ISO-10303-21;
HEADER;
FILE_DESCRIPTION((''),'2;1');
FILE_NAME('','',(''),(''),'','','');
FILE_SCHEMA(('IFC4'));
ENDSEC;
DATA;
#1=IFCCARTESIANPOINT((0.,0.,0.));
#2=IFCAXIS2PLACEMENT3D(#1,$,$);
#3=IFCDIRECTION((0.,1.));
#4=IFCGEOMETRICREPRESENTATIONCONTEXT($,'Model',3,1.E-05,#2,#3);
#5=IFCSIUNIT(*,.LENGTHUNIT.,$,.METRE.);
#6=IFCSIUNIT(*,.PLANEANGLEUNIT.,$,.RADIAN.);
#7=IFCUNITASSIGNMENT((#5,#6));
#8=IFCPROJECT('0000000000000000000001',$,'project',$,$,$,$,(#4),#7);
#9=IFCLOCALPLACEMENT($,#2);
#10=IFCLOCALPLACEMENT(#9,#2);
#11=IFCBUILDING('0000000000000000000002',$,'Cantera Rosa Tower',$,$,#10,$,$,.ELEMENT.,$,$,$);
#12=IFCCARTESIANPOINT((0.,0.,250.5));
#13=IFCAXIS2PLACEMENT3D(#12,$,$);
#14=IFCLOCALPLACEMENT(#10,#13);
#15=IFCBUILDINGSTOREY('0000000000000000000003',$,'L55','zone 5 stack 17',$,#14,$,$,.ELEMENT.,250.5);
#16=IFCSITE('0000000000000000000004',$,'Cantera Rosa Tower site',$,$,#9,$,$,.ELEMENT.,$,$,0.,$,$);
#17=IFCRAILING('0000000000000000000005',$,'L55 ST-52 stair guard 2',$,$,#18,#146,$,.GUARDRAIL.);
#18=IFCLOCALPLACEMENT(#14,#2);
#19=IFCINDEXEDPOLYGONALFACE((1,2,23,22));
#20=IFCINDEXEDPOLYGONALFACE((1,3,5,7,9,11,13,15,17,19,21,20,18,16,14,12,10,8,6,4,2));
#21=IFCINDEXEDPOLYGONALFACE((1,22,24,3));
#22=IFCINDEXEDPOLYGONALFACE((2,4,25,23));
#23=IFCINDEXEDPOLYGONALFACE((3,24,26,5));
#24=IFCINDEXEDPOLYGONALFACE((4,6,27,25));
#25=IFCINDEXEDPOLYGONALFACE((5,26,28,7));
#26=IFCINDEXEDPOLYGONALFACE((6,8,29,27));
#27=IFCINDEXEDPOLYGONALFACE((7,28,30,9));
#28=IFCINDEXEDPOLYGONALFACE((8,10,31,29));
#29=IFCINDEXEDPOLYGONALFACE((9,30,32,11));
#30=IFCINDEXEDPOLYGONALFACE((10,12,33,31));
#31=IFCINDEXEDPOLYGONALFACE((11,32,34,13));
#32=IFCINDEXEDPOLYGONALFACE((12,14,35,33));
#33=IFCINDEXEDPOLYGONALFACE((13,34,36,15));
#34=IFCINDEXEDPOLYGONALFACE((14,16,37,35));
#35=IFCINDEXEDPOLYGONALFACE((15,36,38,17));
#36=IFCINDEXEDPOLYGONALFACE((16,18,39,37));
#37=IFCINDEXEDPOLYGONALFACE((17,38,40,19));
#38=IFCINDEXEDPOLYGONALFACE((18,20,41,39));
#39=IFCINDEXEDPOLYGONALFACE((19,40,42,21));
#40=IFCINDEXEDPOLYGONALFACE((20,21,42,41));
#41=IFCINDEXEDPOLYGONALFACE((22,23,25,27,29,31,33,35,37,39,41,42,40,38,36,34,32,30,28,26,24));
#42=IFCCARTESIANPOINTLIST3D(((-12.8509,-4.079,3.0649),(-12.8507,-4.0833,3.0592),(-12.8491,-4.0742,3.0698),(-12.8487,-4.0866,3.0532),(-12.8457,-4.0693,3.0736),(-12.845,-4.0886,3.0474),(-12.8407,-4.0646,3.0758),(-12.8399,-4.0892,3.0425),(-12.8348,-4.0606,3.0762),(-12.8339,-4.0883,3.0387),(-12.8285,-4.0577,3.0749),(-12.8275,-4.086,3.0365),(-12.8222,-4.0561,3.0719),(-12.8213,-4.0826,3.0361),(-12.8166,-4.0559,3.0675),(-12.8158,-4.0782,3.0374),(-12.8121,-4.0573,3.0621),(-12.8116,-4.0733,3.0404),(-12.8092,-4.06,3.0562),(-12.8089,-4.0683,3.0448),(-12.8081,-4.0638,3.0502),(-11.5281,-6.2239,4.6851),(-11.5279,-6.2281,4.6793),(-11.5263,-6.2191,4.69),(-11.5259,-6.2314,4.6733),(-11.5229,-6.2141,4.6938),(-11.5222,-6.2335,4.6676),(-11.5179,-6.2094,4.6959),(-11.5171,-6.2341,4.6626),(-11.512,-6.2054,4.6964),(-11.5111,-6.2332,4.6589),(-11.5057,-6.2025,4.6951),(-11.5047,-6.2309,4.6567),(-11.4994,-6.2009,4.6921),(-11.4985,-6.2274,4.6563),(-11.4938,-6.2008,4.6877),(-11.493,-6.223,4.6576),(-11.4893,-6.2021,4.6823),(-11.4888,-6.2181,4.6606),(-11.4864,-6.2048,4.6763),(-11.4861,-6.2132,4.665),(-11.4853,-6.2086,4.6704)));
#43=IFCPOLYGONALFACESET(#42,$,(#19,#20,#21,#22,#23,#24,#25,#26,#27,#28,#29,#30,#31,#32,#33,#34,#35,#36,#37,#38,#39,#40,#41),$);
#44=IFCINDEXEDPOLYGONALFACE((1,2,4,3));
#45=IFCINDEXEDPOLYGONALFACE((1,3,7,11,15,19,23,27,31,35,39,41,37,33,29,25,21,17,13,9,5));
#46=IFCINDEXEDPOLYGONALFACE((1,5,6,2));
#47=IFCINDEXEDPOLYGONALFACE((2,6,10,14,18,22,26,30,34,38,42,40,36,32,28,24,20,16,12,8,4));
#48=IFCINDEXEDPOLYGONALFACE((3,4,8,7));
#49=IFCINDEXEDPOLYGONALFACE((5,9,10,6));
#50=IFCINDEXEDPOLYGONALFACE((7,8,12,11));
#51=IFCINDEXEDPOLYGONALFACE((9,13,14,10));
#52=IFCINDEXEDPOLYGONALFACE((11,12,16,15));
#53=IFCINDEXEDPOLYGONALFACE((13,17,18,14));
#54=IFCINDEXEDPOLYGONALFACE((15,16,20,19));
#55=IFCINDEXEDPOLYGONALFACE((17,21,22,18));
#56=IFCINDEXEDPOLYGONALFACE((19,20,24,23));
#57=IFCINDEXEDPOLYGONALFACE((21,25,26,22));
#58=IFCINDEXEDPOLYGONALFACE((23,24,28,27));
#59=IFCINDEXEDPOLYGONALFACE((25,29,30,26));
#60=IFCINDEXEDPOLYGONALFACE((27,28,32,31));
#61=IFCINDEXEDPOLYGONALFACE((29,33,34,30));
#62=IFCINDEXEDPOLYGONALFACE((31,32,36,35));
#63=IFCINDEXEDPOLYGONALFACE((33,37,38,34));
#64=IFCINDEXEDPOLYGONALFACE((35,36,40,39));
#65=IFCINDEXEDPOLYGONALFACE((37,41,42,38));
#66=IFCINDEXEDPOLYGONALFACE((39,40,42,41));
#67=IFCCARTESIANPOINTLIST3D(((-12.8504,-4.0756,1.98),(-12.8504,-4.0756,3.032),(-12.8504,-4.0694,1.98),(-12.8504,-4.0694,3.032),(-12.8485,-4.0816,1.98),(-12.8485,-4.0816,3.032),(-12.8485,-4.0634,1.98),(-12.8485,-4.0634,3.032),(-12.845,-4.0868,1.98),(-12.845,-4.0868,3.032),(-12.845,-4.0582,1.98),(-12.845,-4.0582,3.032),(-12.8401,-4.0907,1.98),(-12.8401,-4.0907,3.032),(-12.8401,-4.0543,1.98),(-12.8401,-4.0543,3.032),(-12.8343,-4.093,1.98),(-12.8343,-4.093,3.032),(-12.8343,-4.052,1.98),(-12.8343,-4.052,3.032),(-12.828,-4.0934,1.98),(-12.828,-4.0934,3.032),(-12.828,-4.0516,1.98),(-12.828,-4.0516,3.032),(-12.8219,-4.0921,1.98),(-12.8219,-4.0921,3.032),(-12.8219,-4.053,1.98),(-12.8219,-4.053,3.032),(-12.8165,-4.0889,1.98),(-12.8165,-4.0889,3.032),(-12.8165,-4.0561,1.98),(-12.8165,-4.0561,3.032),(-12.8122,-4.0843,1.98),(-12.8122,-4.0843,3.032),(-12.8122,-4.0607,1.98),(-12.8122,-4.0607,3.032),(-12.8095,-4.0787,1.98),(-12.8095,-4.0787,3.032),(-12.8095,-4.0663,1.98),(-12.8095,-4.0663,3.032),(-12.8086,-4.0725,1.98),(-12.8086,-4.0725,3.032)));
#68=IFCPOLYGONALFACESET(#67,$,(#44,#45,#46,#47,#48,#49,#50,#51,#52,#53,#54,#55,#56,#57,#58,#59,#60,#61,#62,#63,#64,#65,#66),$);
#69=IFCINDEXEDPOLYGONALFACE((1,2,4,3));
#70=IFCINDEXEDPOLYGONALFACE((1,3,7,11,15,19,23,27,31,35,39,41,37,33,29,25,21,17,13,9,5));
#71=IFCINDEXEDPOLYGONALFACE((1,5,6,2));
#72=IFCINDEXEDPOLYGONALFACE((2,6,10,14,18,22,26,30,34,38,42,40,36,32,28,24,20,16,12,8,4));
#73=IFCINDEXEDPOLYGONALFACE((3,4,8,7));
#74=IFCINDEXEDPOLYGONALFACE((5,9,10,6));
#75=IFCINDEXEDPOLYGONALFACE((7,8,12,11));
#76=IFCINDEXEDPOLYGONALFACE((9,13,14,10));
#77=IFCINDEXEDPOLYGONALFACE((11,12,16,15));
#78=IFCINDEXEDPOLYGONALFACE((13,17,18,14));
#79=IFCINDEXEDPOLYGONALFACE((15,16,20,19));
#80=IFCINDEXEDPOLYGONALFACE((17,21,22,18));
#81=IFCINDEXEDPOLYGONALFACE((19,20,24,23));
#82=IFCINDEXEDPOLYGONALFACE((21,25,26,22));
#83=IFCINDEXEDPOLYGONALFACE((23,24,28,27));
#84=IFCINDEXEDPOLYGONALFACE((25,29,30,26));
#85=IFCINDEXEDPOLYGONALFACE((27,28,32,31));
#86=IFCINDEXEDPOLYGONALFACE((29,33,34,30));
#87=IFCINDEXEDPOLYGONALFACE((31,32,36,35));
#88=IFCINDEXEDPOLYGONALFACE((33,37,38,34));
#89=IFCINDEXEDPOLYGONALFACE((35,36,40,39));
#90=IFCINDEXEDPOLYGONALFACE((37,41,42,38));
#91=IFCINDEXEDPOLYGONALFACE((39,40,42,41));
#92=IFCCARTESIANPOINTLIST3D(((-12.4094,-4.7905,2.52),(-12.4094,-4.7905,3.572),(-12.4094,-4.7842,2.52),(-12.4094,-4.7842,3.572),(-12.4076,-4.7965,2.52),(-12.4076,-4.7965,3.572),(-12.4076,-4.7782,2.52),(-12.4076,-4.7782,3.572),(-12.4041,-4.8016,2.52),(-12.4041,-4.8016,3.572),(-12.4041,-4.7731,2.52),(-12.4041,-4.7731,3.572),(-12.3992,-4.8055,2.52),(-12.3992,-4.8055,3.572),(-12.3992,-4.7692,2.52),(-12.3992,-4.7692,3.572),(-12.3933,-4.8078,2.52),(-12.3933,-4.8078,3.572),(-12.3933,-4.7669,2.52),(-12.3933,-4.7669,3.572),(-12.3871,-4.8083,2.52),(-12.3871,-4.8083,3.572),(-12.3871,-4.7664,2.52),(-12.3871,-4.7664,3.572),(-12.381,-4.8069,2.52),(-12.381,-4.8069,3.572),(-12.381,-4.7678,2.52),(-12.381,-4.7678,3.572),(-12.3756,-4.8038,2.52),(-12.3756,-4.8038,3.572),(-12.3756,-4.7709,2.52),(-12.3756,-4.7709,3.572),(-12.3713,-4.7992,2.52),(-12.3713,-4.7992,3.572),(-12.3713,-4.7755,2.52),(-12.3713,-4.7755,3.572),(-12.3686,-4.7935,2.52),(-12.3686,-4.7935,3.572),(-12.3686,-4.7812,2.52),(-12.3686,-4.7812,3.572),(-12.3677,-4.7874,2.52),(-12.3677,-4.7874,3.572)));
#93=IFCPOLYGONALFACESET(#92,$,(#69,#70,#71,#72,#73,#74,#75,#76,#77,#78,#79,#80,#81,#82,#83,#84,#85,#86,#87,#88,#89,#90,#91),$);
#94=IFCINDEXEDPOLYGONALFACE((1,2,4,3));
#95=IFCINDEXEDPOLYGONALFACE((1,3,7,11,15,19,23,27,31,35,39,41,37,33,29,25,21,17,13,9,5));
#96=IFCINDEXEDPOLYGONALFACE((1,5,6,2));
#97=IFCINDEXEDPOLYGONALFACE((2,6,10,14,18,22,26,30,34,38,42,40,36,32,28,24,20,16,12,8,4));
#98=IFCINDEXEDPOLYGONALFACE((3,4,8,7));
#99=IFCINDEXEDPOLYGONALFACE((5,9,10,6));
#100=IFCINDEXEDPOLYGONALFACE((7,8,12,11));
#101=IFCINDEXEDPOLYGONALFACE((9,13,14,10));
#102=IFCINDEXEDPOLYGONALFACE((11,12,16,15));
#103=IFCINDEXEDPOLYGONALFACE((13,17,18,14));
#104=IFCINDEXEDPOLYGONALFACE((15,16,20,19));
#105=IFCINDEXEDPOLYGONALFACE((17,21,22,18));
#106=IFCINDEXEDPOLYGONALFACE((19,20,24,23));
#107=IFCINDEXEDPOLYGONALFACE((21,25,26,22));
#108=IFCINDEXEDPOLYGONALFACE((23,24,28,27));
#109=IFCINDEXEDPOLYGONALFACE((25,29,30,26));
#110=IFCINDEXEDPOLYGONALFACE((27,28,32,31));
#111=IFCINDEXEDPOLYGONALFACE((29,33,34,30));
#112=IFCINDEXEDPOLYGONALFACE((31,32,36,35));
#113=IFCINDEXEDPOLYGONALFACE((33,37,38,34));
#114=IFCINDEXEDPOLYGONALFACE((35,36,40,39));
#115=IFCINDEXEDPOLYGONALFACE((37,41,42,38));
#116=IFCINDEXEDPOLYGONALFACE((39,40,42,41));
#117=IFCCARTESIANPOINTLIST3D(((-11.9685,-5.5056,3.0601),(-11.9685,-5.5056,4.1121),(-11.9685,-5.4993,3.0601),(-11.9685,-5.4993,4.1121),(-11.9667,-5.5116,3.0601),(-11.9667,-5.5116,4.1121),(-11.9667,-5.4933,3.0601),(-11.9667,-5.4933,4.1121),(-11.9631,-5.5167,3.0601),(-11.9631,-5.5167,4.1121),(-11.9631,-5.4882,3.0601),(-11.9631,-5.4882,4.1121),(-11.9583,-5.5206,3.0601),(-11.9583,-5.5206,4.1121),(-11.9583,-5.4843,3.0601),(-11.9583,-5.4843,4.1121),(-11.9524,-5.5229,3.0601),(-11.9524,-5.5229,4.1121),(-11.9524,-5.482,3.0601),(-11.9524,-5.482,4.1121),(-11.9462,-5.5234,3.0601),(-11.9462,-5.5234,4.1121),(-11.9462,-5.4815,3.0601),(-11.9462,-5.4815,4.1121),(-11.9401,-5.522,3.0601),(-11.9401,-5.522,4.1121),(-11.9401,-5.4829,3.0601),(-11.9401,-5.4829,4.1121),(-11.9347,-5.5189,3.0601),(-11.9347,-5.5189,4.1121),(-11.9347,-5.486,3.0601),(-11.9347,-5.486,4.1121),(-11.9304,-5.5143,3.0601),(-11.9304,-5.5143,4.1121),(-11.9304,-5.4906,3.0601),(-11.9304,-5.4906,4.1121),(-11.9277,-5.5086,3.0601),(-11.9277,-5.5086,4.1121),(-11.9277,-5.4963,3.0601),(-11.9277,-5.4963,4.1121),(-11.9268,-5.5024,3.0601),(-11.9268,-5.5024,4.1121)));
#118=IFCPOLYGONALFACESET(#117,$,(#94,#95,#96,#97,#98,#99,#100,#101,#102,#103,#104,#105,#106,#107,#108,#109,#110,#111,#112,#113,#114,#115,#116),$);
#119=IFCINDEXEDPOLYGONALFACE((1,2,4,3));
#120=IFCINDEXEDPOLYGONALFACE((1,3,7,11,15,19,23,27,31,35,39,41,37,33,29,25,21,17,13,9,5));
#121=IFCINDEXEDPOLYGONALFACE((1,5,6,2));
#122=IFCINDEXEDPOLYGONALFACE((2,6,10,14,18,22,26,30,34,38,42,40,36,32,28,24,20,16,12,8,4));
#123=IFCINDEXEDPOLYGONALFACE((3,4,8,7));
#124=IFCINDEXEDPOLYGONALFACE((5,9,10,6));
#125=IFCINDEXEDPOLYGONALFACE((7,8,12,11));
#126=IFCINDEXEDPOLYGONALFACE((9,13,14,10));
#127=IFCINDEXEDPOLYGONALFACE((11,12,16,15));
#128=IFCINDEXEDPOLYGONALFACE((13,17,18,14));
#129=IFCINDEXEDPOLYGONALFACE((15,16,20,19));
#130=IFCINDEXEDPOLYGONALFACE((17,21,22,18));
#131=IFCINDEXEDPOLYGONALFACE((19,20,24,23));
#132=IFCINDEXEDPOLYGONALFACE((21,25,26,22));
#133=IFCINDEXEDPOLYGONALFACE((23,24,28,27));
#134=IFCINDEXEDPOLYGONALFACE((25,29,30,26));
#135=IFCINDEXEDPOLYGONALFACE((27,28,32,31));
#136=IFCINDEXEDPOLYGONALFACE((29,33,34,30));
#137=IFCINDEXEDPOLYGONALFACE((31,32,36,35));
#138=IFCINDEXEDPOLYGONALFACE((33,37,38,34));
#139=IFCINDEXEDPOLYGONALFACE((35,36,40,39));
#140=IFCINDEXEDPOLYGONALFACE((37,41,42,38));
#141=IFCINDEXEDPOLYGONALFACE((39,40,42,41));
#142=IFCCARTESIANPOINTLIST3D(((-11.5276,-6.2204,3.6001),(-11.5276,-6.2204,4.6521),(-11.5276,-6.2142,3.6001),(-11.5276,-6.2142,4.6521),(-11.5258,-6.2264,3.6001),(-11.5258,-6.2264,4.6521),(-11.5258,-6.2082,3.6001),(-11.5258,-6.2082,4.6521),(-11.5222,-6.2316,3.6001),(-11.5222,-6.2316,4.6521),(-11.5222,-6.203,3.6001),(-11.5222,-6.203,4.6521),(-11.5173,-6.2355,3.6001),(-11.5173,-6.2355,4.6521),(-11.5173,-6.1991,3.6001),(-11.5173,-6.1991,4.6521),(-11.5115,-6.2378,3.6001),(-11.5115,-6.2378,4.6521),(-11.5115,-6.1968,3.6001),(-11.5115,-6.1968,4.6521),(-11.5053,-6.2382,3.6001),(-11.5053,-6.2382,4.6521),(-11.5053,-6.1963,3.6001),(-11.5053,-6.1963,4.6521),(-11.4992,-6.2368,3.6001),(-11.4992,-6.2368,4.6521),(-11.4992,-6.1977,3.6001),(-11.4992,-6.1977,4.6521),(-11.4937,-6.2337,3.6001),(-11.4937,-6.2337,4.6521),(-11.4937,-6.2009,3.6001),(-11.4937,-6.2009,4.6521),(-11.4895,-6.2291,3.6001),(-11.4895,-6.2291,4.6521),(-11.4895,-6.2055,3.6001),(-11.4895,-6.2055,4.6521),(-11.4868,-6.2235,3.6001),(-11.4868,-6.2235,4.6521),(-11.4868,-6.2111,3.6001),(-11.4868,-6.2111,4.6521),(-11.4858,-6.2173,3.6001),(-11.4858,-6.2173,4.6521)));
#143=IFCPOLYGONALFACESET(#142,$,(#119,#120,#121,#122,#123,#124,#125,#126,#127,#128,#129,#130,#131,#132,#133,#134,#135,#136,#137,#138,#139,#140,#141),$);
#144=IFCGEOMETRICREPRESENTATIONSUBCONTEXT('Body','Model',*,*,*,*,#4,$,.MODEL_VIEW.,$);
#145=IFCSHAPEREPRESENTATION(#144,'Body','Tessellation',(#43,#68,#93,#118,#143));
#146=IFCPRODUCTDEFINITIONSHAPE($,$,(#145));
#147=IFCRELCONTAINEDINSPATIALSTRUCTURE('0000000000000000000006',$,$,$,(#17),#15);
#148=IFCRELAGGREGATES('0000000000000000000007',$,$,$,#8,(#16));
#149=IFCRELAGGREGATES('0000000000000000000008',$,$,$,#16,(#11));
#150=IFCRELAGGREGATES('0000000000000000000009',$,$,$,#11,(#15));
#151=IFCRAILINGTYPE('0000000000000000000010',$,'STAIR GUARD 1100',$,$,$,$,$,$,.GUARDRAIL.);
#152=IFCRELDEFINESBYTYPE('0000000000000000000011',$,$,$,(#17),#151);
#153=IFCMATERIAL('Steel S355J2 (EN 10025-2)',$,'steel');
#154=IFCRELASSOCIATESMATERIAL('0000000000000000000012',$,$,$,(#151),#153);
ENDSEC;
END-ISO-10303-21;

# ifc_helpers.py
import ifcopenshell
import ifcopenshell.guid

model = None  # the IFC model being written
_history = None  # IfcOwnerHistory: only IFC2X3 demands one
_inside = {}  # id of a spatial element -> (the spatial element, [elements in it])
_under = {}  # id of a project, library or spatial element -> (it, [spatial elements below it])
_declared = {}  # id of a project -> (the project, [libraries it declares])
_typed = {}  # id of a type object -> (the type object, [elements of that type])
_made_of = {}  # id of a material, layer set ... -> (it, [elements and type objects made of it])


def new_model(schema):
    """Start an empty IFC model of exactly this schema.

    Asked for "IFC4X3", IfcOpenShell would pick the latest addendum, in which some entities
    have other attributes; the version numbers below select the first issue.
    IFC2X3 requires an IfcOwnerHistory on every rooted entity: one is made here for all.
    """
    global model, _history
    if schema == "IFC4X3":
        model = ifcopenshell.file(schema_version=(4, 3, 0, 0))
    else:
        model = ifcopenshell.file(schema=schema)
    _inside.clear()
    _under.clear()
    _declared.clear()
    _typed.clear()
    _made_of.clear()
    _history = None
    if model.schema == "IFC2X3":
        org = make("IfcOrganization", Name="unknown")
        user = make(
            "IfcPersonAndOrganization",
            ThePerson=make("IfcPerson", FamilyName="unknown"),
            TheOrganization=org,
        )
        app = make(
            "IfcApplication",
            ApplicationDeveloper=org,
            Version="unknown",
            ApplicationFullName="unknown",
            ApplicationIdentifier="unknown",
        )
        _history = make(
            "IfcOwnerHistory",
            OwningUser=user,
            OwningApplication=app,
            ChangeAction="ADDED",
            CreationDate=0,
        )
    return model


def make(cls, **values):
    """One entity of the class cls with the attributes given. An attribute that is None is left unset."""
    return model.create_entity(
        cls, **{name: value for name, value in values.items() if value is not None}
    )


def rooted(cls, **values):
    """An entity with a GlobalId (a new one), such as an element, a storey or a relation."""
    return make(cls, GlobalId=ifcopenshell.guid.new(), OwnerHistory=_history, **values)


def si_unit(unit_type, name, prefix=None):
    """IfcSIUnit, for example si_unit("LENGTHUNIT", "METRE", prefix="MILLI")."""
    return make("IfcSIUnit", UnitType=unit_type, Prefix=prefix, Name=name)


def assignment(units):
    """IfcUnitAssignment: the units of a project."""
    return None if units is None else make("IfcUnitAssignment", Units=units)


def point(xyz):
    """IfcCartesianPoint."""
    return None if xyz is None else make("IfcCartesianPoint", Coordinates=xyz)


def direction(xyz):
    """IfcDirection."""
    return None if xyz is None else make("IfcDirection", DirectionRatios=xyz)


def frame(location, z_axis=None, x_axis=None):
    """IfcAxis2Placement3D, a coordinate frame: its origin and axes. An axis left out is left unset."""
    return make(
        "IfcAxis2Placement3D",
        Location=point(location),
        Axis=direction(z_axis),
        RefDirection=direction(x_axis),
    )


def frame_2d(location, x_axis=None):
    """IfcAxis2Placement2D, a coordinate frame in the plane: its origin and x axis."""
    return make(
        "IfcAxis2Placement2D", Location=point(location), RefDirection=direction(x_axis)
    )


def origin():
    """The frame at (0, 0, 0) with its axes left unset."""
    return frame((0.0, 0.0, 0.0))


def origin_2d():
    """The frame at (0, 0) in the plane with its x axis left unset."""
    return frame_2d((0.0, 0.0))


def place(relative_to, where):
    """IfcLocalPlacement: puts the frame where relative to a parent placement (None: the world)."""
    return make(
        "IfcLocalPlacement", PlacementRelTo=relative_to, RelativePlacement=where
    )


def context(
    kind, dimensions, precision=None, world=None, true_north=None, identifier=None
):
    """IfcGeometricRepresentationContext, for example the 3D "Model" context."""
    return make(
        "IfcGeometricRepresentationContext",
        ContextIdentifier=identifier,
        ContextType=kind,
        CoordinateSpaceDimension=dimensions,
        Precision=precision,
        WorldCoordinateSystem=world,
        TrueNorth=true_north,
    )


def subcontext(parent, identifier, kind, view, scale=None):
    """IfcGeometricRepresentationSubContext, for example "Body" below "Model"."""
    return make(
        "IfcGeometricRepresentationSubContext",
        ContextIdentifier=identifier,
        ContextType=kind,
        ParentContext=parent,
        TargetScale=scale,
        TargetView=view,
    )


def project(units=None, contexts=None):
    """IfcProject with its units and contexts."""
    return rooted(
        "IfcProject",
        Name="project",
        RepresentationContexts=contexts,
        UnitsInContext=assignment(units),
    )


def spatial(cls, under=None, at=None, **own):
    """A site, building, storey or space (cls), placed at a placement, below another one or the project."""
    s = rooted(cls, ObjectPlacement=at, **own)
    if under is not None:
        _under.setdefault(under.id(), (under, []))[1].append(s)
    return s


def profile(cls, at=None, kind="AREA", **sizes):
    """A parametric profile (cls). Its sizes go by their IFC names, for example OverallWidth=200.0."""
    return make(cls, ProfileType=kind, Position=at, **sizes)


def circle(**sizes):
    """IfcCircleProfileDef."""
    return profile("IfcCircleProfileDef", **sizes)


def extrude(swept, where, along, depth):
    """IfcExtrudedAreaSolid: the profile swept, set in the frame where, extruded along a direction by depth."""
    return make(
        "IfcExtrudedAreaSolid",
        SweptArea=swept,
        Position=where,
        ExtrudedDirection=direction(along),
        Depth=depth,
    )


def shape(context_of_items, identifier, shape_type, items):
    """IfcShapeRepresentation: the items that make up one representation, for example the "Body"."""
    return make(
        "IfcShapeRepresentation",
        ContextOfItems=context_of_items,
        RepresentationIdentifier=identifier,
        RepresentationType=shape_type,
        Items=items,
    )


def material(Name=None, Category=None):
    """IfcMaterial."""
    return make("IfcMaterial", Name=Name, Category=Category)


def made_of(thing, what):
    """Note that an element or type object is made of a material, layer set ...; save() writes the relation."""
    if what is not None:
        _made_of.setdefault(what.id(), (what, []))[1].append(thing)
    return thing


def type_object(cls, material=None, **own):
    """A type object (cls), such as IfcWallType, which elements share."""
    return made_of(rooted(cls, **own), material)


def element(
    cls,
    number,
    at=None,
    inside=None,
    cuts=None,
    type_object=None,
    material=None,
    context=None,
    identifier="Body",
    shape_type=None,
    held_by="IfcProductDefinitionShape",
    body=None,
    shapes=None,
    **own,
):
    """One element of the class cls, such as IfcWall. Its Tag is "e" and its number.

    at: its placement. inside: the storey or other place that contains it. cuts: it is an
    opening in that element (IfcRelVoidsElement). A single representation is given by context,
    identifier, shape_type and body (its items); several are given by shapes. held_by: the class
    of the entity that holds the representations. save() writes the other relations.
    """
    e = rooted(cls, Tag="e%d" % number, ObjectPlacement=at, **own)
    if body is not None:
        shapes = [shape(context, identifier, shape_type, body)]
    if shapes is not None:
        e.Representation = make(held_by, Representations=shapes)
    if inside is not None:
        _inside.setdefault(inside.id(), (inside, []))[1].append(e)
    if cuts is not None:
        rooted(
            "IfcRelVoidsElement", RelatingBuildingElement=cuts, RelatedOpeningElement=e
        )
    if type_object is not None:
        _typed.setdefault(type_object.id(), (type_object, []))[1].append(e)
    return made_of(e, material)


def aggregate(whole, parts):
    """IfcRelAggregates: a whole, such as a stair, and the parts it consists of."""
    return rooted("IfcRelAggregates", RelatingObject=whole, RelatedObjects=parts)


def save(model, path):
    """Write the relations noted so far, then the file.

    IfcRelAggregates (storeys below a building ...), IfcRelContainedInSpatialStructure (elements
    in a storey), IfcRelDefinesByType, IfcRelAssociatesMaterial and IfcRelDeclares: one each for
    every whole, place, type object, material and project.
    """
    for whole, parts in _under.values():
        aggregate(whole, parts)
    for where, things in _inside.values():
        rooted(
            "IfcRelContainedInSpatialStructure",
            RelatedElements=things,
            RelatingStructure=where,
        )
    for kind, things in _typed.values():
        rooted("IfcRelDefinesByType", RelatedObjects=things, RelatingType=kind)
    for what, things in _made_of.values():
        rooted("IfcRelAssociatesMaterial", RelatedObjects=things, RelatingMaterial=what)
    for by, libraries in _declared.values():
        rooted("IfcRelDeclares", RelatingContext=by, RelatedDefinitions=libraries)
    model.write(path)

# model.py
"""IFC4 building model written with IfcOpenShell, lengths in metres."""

from ifc_helpers import new_model, si_unit, direction, frame, origin, origin_2d, place, context, subcontext, project, spatial, circle, extrude, material, type_object, element, save


model = new_model("IFC4")

# Units and contexts
model_context = context("Model", 3, precision=1e-05, world=origin(), true_north=direction((0.0, 1.0)))
body_context = subcontext(model_context, "Body", "Model", "MODEL_VIEW")
ifc_project = project(units=[si_unit("LENGTHUNIT", "METRE"), si_unit("PLANEANGLEUNIT", "RADIAN")], contexts=[model_context])

# Site, building, storey
site_placement = place(None, origin())
site = spatial("IfcSite", under=ifc_project, at=site_placement, Name="Cantera Rosa Tower site", CompositionType="ELEMENT", RefElevation=0.0)
building_placement = place(site_placement, origin())
building = spatial("IfcBuilding", under=site, at=building_placement, Name="Cantera Rosa Tower", CompositionType="ELEMENT")
storey_placement = place(building_placement, frame((0.0, 0.0, 250.5)))
storey = spatial("IfcBuildingStorey", under=building, at=storey_placement, Name="L55", Description="zone 5 stack 17", CompositionType="ELEMENT", Elevation=250.5)

# Railing
ifc_material_1 = material(Name="Steel S355J2 (EN 10025-2)", Category="steel")
railing_type_1 = type_object("IfcRailingType", Name="STAIR GUARD 1100", PredefinedType="GUARDRAIL", material=ifc_material_1)
railing_1_placement = place(storey_placement, frame((-12.8296, -4.0725, 1.98)))
element("IfcRailing", 1, at=railing_1_placement, inside=storey, type_object=railing_type_1, Name="L55 ST-52 stair guard 2", PredefinedType="GUARDRAIL", context=body_context, shape_type="SweptSolid", body=[
    extrude(circle(Radius=0.0239, at=origin_2d()), frame((0.0, 0.0, 1.0762), z_axis=(0.441543, -0.715939, 0.540805), x_axis=(0.851146, 0.52493, 0.0)), (0.0, 0.0, 1.0), 2.9958),
    extrude(circle(Radius=0.021, at=origin_2d()), origin(), (0.0, 0.0, 1.0), 1.052),
    extrude(circle(Radius=0.021, at=origin_2d()), frame((0.4409, -0.7148, 0.54)), (0.0, 0.0, 1.0), 1.052),
    extrude(circle(Radius=0.021, at=origin_2d()), frame((0.8818, -1.4299, 1.0801)), (0.0, 0.0, 1.0), 1.052),
    extrude(circle(Radius=0.021, at=origin_2d()), frame((1.3228, -2.1448, 1.6201)), (0.0, 0.0, 1.0), 1.052),
])

save(model, "model.ifc")
